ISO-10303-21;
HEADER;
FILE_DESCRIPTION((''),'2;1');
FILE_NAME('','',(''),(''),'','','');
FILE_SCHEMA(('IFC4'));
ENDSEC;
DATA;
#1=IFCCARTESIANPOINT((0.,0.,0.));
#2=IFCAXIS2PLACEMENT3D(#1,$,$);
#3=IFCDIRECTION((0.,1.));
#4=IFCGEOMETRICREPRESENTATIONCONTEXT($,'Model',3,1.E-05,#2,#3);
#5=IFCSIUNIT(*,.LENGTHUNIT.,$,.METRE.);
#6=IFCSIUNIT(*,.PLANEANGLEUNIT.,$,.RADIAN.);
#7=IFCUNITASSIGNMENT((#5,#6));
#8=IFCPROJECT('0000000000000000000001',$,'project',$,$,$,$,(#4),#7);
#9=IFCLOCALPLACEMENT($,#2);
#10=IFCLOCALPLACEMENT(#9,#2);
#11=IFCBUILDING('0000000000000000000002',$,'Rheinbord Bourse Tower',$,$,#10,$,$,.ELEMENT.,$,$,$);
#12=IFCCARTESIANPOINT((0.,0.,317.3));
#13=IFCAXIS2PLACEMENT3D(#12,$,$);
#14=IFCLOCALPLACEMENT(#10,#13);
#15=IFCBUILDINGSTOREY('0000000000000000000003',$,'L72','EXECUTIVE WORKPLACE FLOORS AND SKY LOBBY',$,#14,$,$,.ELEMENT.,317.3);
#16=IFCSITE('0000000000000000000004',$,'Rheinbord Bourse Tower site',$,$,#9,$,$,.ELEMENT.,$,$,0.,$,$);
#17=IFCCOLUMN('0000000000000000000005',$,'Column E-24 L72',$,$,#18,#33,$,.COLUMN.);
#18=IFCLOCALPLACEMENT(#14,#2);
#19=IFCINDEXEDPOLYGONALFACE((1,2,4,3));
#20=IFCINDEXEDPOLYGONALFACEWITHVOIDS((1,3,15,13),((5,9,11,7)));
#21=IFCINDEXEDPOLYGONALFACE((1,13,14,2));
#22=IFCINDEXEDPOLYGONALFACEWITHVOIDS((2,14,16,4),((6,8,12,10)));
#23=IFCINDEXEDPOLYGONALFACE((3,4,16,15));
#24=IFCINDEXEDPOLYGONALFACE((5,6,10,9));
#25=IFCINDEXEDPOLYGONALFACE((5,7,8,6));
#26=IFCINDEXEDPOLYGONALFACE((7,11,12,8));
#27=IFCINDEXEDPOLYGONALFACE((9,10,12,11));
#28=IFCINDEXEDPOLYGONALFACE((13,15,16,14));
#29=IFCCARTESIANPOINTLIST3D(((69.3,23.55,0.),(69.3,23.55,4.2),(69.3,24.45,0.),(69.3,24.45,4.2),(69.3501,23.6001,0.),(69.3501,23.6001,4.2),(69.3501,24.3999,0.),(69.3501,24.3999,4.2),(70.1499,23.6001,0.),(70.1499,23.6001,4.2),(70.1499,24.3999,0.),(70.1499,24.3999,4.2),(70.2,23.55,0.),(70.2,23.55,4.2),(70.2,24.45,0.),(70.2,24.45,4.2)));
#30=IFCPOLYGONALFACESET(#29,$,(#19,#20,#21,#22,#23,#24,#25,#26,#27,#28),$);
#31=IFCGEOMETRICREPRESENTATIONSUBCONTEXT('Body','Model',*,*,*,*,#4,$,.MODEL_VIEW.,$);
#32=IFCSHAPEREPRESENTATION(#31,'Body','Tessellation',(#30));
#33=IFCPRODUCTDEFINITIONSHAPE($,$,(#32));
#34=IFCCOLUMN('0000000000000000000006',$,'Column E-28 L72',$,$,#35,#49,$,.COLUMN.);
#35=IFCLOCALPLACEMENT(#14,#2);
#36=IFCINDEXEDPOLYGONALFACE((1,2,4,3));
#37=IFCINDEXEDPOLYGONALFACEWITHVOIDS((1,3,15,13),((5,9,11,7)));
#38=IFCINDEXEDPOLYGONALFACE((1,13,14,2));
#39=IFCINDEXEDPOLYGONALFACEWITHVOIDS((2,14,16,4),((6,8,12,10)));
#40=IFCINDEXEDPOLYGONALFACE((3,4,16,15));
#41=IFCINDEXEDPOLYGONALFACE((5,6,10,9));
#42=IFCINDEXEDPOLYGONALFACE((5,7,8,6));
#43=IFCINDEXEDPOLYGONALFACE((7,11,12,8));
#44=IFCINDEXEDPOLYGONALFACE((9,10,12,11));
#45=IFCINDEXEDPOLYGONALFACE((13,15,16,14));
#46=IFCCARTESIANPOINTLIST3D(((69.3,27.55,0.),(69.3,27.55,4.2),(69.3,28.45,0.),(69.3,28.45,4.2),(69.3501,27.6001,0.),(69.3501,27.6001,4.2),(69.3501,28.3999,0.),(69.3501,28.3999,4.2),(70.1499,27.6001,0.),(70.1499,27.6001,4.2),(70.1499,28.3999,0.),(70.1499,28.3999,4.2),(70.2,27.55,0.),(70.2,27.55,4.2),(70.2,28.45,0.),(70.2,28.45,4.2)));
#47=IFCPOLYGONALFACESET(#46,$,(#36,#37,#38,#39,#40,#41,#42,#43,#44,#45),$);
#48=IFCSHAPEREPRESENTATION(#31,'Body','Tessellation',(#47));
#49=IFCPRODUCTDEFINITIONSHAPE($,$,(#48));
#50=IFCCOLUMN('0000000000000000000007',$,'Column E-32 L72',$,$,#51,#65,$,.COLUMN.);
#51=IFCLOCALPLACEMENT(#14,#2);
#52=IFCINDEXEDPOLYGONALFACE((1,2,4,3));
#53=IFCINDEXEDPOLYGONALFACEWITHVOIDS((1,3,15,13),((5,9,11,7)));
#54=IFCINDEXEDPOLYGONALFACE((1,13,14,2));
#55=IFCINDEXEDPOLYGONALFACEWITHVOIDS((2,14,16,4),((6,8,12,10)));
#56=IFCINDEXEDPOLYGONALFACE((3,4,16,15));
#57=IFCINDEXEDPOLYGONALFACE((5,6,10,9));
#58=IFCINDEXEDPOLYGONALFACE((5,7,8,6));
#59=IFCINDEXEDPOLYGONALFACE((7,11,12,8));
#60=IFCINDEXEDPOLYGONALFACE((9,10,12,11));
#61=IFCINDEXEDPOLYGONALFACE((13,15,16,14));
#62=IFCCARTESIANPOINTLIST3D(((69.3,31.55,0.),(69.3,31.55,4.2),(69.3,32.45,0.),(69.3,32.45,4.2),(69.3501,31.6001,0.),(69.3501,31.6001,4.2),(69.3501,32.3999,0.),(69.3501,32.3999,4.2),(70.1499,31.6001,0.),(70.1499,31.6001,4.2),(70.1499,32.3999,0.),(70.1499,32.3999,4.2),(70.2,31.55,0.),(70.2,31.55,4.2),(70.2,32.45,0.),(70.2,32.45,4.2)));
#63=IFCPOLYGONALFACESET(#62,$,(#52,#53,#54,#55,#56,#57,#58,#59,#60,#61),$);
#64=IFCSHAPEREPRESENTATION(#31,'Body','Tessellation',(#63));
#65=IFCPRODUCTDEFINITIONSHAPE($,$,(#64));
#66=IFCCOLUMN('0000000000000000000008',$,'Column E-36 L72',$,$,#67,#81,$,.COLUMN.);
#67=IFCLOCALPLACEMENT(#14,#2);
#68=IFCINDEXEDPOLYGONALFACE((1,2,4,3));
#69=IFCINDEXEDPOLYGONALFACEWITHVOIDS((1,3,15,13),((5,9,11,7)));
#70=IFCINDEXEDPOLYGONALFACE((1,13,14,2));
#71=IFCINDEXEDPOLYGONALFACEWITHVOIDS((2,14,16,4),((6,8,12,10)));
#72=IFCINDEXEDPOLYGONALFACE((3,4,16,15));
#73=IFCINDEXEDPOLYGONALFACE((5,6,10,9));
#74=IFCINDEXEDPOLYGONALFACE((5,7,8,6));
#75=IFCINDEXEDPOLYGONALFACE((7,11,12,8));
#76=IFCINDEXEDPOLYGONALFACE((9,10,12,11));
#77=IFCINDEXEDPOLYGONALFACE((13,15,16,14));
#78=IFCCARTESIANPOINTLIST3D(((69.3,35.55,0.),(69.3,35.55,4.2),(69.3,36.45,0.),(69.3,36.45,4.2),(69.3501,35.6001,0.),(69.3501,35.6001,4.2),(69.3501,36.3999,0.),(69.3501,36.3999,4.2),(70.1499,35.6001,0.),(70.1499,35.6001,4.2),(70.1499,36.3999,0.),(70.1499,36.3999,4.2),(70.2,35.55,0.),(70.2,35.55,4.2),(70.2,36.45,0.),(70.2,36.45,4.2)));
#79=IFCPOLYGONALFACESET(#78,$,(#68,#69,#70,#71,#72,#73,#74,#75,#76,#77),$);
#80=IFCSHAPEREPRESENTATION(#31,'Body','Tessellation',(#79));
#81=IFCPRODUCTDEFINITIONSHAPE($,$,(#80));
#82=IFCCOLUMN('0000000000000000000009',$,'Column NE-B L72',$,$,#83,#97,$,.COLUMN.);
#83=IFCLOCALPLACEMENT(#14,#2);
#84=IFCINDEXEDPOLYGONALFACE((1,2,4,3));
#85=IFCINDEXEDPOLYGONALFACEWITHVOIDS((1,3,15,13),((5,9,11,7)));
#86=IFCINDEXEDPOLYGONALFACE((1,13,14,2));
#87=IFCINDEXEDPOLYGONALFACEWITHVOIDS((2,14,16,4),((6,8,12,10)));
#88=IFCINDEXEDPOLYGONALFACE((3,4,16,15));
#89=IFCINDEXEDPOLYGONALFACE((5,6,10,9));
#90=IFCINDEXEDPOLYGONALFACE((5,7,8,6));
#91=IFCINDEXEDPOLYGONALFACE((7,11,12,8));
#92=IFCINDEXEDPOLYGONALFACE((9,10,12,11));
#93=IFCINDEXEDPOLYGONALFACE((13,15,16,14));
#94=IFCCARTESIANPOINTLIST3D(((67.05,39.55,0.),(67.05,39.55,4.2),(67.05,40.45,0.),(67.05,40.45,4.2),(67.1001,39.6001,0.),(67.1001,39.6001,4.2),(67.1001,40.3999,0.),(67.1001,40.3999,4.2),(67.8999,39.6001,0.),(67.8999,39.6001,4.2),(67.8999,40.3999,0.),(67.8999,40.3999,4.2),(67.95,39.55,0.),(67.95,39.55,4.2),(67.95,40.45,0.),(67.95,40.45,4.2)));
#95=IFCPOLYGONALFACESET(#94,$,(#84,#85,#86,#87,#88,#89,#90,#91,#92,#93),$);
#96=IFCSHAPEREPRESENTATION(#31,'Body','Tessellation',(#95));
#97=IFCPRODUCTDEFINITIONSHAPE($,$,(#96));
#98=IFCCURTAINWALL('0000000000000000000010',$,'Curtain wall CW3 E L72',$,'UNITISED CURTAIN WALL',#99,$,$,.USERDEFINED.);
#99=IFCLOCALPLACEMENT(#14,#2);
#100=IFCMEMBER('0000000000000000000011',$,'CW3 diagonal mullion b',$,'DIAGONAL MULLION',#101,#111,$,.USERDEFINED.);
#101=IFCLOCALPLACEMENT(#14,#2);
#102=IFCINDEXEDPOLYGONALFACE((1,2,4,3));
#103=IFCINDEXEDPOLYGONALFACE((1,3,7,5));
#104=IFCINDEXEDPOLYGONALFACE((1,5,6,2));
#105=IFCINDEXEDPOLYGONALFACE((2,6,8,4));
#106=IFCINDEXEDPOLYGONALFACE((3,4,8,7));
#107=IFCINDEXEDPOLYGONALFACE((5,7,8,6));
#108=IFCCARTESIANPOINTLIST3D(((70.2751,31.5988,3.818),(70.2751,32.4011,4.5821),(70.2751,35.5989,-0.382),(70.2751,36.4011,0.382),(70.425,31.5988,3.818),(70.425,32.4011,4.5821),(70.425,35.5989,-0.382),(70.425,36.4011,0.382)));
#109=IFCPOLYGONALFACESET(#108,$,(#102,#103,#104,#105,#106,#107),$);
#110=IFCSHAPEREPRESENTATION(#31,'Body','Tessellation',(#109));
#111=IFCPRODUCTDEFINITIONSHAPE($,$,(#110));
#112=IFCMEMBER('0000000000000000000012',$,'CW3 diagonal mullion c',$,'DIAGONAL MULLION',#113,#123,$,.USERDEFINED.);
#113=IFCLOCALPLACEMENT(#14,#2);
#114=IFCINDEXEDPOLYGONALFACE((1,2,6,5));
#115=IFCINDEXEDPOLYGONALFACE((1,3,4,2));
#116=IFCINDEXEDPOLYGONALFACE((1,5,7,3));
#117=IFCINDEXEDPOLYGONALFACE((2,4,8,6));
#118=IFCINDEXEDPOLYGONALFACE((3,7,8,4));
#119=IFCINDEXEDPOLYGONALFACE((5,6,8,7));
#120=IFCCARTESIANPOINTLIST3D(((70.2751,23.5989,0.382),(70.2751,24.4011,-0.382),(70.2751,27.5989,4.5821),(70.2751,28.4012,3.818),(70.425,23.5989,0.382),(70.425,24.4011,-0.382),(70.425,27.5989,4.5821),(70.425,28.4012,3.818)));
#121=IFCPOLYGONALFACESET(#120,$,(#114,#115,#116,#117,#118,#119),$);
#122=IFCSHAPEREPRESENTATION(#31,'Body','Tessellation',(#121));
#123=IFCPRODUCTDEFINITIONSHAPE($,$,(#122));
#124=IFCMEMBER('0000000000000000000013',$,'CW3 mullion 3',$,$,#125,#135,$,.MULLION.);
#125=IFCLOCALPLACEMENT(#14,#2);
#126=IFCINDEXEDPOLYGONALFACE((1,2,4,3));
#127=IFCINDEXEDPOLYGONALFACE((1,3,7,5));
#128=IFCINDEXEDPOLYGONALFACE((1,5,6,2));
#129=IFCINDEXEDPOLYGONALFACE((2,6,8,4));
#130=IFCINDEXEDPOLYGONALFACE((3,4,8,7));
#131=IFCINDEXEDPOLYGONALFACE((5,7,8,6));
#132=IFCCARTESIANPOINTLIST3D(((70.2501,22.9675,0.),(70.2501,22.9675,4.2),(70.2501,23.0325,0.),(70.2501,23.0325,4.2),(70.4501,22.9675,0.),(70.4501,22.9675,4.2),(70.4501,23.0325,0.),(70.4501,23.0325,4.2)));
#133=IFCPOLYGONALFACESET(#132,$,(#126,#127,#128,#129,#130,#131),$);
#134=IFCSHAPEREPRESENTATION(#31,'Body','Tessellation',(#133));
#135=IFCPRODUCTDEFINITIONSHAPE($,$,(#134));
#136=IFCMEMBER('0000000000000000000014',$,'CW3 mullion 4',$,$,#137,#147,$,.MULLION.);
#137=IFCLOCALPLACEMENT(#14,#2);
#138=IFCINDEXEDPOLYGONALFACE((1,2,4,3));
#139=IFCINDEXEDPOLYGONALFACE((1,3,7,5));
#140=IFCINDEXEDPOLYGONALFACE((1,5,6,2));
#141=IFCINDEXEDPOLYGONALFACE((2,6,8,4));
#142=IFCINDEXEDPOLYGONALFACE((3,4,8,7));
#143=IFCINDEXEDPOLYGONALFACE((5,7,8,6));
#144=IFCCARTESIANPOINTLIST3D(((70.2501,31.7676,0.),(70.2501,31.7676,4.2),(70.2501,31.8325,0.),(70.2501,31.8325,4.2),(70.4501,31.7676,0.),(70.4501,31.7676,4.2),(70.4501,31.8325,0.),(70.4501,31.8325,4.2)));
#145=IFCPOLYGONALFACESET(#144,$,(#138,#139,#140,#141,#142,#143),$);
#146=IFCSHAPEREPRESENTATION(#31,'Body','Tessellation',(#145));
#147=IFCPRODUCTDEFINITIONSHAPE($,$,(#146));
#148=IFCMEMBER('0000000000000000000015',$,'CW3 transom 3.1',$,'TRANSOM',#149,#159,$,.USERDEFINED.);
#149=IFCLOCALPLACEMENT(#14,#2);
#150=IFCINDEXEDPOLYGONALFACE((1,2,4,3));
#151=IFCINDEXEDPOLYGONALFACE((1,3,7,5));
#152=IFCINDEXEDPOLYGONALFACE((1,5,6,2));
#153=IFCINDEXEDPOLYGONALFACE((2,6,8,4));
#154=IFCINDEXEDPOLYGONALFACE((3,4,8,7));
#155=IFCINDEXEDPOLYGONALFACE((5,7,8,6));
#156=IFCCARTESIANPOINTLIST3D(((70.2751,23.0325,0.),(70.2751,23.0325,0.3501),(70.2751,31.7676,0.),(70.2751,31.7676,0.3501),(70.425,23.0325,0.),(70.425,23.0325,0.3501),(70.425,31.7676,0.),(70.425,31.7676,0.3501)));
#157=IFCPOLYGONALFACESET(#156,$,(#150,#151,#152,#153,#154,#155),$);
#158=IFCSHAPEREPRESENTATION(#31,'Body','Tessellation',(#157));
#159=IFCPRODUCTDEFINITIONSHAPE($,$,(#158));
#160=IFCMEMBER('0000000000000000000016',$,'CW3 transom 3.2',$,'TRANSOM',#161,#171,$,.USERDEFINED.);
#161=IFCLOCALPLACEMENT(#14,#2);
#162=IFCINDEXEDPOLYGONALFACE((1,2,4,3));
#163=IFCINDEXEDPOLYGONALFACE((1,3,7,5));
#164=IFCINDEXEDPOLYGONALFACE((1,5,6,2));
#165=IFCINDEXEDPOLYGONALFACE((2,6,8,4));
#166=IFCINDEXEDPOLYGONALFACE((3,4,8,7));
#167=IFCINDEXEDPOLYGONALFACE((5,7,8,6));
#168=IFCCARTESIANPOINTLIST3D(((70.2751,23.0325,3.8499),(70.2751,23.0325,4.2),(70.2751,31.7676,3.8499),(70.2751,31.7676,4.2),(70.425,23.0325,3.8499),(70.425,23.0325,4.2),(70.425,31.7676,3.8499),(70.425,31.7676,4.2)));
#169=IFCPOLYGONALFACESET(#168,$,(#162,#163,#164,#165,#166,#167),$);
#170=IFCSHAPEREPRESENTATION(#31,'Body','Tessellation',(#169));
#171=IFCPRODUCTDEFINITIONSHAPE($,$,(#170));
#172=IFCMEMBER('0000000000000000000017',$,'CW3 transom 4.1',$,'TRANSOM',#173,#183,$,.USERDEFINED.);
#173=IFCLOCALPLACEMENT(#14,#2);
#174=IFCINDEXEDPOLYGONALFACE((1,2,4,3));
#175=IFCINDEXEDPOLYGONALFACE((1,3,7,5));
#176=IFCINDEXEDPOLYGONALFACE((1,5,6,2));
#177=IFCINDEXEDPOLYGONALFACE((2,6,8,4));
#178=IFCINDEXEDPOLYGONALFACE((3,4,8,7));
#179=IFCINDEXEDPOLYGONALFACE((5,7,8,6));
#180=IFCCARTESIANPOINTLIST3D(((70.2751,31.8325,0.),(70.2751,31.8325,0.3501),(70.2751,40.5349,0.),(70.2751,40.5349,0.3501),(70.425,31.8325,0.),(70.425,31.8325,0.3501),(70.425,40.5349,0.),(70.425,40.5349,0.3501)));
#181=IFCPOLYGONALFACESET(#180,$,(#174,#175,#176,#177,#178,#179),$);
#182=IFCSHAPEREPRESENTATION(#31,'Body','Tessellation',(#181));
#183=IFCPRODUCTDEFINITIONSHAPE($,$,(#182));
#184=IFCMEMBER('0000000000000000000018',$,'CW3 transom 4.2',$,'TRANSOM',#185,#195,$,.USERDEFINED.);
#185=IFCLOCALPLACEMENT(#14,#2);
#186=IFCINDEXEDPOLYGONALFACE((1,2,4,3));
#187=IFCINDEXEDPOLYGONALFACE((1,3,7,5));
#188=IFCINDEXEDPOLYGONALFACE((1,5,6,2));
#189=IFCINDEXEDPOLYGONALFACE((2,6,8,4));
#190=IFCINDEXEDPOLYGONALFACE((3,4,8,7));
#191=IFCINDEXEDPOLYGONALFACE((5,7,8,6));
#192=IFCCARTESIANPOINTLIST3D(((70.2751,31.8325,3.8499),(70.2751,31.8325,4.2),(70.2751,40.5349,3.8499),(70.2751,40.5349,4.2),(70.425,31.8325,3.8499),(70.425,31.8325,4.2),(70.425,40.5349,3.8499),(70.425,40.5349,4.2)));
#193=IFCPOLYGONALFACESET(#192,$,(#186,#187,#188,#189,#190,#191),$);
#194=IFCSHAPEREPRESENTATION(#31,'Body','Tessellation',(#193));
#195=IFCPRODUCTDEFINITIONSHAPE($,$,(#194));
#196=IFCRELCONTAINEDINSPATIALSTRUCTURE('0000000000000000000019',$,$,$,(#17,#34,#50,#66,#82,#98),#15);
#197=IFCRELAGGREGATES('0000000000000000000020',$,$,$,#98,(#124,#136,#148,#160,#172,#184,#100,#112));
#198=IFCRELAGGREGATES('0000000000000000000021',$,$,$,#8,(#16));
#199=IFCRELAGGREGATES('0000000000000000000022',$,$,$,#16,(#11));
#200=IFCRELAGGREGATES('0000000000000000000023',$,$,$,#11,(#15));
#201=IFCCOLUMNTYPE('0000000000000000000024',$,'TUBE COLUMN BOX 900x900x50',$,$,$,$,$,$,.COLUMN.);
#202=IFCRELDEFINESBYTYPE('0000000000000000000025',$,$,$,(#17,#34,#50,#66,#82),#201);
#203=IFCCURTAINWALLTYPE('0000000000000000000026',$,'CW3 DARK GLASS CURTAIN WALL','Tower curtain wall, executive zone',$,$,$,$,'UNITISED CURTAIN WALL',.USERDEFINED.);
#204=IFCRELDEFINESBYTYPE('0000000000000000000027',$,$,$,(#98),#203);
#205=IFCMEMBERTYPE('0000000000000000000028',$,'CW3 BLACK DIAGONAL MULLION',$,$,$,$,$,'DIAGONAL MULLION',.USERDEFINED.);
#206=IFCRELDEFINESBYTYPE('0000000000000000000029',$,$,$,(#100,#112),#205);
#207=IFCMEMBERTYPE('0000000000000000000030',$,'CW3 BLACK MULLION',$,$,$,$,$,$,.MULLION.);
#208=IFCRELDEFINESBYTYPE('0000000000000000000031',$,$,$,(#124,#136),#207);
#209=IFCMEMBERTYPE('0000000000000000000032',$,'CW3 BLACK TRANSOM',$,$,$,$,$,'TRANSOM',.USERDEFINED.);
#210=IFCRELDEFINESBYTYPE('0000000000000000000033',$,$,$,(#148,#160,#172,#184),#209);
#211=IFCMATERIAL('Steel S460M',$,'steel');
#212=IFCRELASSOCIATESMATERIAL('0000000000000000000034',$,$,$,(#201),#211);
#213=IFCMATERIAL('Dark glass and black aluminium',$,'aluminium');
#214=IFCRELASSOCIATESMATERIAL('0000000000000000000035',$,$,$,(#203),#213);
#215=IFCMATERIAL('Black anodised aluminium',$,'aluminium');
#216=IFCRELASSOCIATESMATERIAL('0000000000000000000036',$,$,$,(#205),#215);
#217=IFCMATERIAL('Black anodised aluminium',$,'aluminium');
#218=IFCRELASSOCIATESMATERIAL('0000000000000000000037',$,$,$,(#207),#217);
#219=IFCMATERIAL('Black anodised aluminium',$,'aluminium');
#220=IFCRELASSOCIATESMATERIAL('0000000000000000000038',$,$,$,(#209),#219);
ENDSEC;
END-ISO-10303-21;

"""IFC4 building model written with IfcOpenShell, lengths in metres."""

from ifc_helpers import new_model, si_unit, direction, frame, origin, origin_2d, place, context, subcontext, project, spatial, rectangle, hollow_rectangle, extrude, material, material_profile, profile_set, type_object, element, aggregate, save


model = new_model("IFC4")

# Units and contexts
model_context = context("Model", 3, precision=1e-05, world=origin(), true_north=direction((0.0, 1.0)))
body_context = subcontext(model_context, "Body", "Model", "MODEL_VIEW")
ifc_project = project(units=[si_unit("LENGTHUNIT", "METRE"), si_unit("PLANEANGLEUNIT", "RADIAN")], contexts=[model_context])

# Site, building, storey
site_placement = place(None, origin())
site = spatial("IfcSite", under=ifc_project, at=site_placement, Name="Rheinbord Bourse Tower site", CompositionType="ELEMENT", RefElevation=0.0)
building_placement = place(site_placement, origin())
building = spatial("IfcBuilding", under=site, at=building_placement, Name="Rheinbord Bourse Tower", CompositionType="ELEMENT")
storey_placement = place(building_placement, frame((0.0, 0.0, 317.3)))
storey = spatial("IfcBuildingStorey", under=building, at=storey_placement, Name="L72", Description="EXECUTIVE WORKPLACE FLOORS AND SKY LOBBY", CompositionType="ELEMENT", Elevation=317.3)

# Columns
ifc_material_1 = material(Name="Steel S460M", Category="steel")
ifc_material_profile_1 = material_profile(ifc_material_1, hollow_rectangle(XDim=0.8999, YDim=0.8999, WallThickness=0.05, at=origin_2d()), Name="BOX 900x900x50")
ifc_profile_set_1 = profile_set([ifc_material_profile_1], Name="Steel S460M")
column_type = type_object("IfcColumnType", Name="TUBE COLUMN BOX 900x900x50", PredefinedType="COLUMN", material=ifc_profile_set_1)
for number, where, z_axis, x_axis, name in (
    (1, (69.75, 24.0, 0.0), (0.0, 0.0, 1.0), (1.0, 0.0, 0.0), "Column E-24 L72"),
    (2, (69.75, 28.0, 0.0), (0.0, 0.0, 1.0), (1.0, 0.0, 0.0), "Column E-28 L72"),
    (3, (69.75, 32.0, 0.0), (0.0, 0.0, 1.0), (1.0, 0.0, 0.0), "Column E-32 L72"),
    (4, (69.75, 36.0, 0.0), (0.0, 0.0, 1.0), (1.0, 0.0, 0.0), "Column E-36 L72"),
    (5, (67.5, 40.0, 0.0), (0.0, 0.0, 1.0), (1.0, 0.0, 0.0), "Column NE-B L72"),
):
    element("IfcColumn", number, at=place(storey_placement, frame(where, z_axis=z_axis, x_axis=x_axis)), inside=storey, type_object=column_type, Name=name, PredefinedType="COLUMN", context=body_context, shape_type="SweptSolid", body=[
        extrude(hollow_rectangle(XDim=0.8999, YDim=0.8999, WallThickness=0.05, at=origin_2d()), origin(), (0.0, 0.0, 1.0), 4.2),
    ])

# Curtain wall, members
ifc_material_2 = material(Name="Dark glass and black aluminium", Category="aluminium")
curtain_wall_type = type_object("IfcCurtainWallType", Name="CW3 DARK GLASS CURTAIN WALL", Description="Tower curtain wall, executive zone", ElementType="UNITISED CURTAIN WALL", PredefinedType="USERDEFINED", material=ifc_material_2)
curtain_wall_placement = place(storey_placement, origin())
curtain_wall = element("IfcCurtainWall", 6, at=curtain_wall_placement, inside=storey, type_object=curtain_wall_type, Name="Curtain wall CW3 E L72", ObjectType="UNITISED CURTAIN WALL", PredefinedType="USERDEFINED")
ifc_material_3 = material(Name="Black anodised aluminium", Category="aluminium")
ifc_material_profile_2 = material_profile(ifc_material_3, rectangle(XDim=0.1499, YDim=1.1079, at=origin_2d()), Name="CW3 DIAGONAL MULLION 1108x150")
ifc_profile_set_2 = profile_set([ifc_material_profile_2], Name="Black anodised aluminium")
member_type_1 = type_object("IfcMemberType", Name="CW3 BLACK DIAGONAL MULLION", ElementType="DIAGONAL MULLION", PredefinedType="USERDEFINED", material=ifc_profile_set_2)
member_1_placement = place(storey_placement, frame((70.3501, 36.0, 0.0), z_axis=(0.0, -0.689659, 0.724134), x_axis=(1.0, 0.0, 0.0)))
member_1 = element("IfcMember", 7, at=member_1_placement, type_object=member_type_1, Name="CW3 diagonal mullion b", ObjectType="DIAGONAL MULLION", PredefinedType="USERDEFINED", context=body_context, shape_type="SweptSolid", body=[
    extrude(rectangle(XDim=0.1499, YDim=1.1079, at=origin_2d()), origin(), (0.0, 0.0, 1.0), 5.8),
])
member_2_placement = place(storey_placement, frame((70.3501, 24.0, 0.0), z_axis=(0.0, 0.689659, 0.724134), x_axis=(-1.0, 0.0, 0.0)))
member_2 = element("IfcMember", 8, at=member_2_placement, type_object=member_type_1, Name="CW3 diagonal mullion c", ObjectType="DIAGONAL MULLION", PredefinedType="USERDEFINED", context=body_context, shape_type="SweptSolid", body=[
    extrude(rectangle(XDim=0.1499, YDim=1.1079, at=origin_2d()), origin(), (0.0, 0.0, 1.0), 5.8),
])
ifc_material_4 = material(Name="Black anodised aluminium", Category="aluminium")
ifc_material_profile_3 = material_profile(ifc_material_4, rectangle(XDim=0.2, YDim=0.0649, at=origin_2d()), Name="CW3 MULLION 65x200")
ifc_profile_set_3 = profile_set([ifc_material_profile_3], Name="Black anodised aluminium")
member_type_2 = type_object("IfcMemberType", Name="CW3 BLACK MULLION", PredefinedType="MULLION", material=ifc_profile_set_3)
member_3_placement = place(storey_placement, frame((70.3501, 23.0, 0.0), z_axis=(0.0, 0.0, 1.0), x_axis=(-1.0, 0.0, 0.0)))
member_3 = element("IfcMember", 9, at=member_3_placement, type_object=member_type_2, Name="CW3 mullion 3", PredefinedType="MULLION", context=body_context, shape_type="SweptSolid", body=[
    extrude(rectangle(XDim=0.2, YDim=0.0649, at=origin_2d()), origin(), (0.0, 0.0, 1.0), 4.2),
])
member_4_placement = place(storey_placement, frame((70.3501, 31.8, 0.0), z_axis=(0.0, 0.0, 1.0), x_axis=(-1.0, 0.0, 0.0)))
member_4 = element("IfcMember", 10, at=member_4_placement, type_object=member_type_2, Name="CW3 mullion 4", PredefinedType="MULLION", context=body_context, shape_type="SweptSolid", body=[
    extrude(rectangle(XDim=0.2, YDim=0.0649, at=origin_2d()), origin(), (0.0, 0.0, 1.0), 4.2),
])
ifc_material_5 = material(Name="Black anodised aluminium", Category="aluminium")
ifc_material_profile_4 = material_profile(ifc_material_5, rectangle(XDim=0.1499, YDim=0.3501, at=origin_2d()), Name="CW3 TRANSOM 350x150")
ifc_profile_set_4 = profile_set([ifc_material_profile_4], Name="Black anodised aluminium")
member_type_3 = type_object("IfcMemberType", Name="CW3 BLACK TRANSOM", ElementType="TRANSOM", PredefinedType="USERDEFINED", material=ifc_profile_set_4)
member_5_placement = place(storey_placement, frame((70.3501, 23.0325, 0.175), z_axis=(0.0, 1.0, 0.0), x_axis=(-1.0, 0.0, 0.0)))
member_5 = element("IfcMember", 11, at=member_5_placement, type_object=member_type_3, Name="CW3 transom 3.1", ObjectType="TRANSOM", PredefinedType="USERDEFINED", context=body_context, shape_type="SweptSolid", body=[
    extrude(rectangle(XDim=0.1499, YDim=0.3501, at=origin_2d()), origin(), (0.0, 0.0, 1.0), 8.7351),
])
member_6_placement = place(storey_placement, frame((70.3501, 23.0325, 4.0249), z_axis=(0.0, 1.0, 0.0), x_axis=(-1.0, 0.0, 0.0)))
member_6 = element("IfcMember", 12, at=member_6_placement, type_object=member_type_3, Name="CW3 transom 3.2", ObjectType="TRANSOM", PredefinedType="USERDEFINED", context=body_context, shape_type="SweptSolid", body=[
    extrude(rectangle(XDim=0.1499, YDim=0.3501, at=origin_2d()), origin(), (0.0, 0.0, 1.0), 8.7351),
])
member_7_placement = place(storey_placement, frame((70.3501, 31.8325, 0.175), z_axis=(0.0, 1.0, 0.0), x_axis=(-1.0, 0.0, 0.0)))
member_7 = element("IfcMember", 13, at=member_7_placement, type_object=member_type_3, Name="CW3 transom 4.1", ObjectType="TRANSOM", PredefinedType="USERDEFINED", context=body_context, shape_type="SweptSolid", body=[
    extrude(rectangle(XDim=0.1499, YDim=0.3501, at=origin_2d()), origin(), (0.0, 0.0, 1.0), 8.7024),
])
member_8_placement = place(storey_placement, frame((70.3501, 31.8325, 4.0249), z_axis=(0.0, 1.0, 0.0), x_axis=(-1.0, 0.0, 0.0)))
member_8 = element("IfcMember", 14, at=member_8_placement, type_object=member_type_3, Name="CW3 transom 4.2", ObjectType="TRANSOM", PredefinedType="USERDEFINED", context=body_context, shape_type="SweptSolid", body=[
    extrude(rectangle(XDim=0.1499, YDim=0.3501, at=origin_2d()), origin(), (0.0, 0.0, 1.0), 8.7024),
])

aggregate(curtain_wall, [member_3, member_4, member_5, member_6, member_7, member_8, member_1, member_2])

save(model, "model.ifc")
